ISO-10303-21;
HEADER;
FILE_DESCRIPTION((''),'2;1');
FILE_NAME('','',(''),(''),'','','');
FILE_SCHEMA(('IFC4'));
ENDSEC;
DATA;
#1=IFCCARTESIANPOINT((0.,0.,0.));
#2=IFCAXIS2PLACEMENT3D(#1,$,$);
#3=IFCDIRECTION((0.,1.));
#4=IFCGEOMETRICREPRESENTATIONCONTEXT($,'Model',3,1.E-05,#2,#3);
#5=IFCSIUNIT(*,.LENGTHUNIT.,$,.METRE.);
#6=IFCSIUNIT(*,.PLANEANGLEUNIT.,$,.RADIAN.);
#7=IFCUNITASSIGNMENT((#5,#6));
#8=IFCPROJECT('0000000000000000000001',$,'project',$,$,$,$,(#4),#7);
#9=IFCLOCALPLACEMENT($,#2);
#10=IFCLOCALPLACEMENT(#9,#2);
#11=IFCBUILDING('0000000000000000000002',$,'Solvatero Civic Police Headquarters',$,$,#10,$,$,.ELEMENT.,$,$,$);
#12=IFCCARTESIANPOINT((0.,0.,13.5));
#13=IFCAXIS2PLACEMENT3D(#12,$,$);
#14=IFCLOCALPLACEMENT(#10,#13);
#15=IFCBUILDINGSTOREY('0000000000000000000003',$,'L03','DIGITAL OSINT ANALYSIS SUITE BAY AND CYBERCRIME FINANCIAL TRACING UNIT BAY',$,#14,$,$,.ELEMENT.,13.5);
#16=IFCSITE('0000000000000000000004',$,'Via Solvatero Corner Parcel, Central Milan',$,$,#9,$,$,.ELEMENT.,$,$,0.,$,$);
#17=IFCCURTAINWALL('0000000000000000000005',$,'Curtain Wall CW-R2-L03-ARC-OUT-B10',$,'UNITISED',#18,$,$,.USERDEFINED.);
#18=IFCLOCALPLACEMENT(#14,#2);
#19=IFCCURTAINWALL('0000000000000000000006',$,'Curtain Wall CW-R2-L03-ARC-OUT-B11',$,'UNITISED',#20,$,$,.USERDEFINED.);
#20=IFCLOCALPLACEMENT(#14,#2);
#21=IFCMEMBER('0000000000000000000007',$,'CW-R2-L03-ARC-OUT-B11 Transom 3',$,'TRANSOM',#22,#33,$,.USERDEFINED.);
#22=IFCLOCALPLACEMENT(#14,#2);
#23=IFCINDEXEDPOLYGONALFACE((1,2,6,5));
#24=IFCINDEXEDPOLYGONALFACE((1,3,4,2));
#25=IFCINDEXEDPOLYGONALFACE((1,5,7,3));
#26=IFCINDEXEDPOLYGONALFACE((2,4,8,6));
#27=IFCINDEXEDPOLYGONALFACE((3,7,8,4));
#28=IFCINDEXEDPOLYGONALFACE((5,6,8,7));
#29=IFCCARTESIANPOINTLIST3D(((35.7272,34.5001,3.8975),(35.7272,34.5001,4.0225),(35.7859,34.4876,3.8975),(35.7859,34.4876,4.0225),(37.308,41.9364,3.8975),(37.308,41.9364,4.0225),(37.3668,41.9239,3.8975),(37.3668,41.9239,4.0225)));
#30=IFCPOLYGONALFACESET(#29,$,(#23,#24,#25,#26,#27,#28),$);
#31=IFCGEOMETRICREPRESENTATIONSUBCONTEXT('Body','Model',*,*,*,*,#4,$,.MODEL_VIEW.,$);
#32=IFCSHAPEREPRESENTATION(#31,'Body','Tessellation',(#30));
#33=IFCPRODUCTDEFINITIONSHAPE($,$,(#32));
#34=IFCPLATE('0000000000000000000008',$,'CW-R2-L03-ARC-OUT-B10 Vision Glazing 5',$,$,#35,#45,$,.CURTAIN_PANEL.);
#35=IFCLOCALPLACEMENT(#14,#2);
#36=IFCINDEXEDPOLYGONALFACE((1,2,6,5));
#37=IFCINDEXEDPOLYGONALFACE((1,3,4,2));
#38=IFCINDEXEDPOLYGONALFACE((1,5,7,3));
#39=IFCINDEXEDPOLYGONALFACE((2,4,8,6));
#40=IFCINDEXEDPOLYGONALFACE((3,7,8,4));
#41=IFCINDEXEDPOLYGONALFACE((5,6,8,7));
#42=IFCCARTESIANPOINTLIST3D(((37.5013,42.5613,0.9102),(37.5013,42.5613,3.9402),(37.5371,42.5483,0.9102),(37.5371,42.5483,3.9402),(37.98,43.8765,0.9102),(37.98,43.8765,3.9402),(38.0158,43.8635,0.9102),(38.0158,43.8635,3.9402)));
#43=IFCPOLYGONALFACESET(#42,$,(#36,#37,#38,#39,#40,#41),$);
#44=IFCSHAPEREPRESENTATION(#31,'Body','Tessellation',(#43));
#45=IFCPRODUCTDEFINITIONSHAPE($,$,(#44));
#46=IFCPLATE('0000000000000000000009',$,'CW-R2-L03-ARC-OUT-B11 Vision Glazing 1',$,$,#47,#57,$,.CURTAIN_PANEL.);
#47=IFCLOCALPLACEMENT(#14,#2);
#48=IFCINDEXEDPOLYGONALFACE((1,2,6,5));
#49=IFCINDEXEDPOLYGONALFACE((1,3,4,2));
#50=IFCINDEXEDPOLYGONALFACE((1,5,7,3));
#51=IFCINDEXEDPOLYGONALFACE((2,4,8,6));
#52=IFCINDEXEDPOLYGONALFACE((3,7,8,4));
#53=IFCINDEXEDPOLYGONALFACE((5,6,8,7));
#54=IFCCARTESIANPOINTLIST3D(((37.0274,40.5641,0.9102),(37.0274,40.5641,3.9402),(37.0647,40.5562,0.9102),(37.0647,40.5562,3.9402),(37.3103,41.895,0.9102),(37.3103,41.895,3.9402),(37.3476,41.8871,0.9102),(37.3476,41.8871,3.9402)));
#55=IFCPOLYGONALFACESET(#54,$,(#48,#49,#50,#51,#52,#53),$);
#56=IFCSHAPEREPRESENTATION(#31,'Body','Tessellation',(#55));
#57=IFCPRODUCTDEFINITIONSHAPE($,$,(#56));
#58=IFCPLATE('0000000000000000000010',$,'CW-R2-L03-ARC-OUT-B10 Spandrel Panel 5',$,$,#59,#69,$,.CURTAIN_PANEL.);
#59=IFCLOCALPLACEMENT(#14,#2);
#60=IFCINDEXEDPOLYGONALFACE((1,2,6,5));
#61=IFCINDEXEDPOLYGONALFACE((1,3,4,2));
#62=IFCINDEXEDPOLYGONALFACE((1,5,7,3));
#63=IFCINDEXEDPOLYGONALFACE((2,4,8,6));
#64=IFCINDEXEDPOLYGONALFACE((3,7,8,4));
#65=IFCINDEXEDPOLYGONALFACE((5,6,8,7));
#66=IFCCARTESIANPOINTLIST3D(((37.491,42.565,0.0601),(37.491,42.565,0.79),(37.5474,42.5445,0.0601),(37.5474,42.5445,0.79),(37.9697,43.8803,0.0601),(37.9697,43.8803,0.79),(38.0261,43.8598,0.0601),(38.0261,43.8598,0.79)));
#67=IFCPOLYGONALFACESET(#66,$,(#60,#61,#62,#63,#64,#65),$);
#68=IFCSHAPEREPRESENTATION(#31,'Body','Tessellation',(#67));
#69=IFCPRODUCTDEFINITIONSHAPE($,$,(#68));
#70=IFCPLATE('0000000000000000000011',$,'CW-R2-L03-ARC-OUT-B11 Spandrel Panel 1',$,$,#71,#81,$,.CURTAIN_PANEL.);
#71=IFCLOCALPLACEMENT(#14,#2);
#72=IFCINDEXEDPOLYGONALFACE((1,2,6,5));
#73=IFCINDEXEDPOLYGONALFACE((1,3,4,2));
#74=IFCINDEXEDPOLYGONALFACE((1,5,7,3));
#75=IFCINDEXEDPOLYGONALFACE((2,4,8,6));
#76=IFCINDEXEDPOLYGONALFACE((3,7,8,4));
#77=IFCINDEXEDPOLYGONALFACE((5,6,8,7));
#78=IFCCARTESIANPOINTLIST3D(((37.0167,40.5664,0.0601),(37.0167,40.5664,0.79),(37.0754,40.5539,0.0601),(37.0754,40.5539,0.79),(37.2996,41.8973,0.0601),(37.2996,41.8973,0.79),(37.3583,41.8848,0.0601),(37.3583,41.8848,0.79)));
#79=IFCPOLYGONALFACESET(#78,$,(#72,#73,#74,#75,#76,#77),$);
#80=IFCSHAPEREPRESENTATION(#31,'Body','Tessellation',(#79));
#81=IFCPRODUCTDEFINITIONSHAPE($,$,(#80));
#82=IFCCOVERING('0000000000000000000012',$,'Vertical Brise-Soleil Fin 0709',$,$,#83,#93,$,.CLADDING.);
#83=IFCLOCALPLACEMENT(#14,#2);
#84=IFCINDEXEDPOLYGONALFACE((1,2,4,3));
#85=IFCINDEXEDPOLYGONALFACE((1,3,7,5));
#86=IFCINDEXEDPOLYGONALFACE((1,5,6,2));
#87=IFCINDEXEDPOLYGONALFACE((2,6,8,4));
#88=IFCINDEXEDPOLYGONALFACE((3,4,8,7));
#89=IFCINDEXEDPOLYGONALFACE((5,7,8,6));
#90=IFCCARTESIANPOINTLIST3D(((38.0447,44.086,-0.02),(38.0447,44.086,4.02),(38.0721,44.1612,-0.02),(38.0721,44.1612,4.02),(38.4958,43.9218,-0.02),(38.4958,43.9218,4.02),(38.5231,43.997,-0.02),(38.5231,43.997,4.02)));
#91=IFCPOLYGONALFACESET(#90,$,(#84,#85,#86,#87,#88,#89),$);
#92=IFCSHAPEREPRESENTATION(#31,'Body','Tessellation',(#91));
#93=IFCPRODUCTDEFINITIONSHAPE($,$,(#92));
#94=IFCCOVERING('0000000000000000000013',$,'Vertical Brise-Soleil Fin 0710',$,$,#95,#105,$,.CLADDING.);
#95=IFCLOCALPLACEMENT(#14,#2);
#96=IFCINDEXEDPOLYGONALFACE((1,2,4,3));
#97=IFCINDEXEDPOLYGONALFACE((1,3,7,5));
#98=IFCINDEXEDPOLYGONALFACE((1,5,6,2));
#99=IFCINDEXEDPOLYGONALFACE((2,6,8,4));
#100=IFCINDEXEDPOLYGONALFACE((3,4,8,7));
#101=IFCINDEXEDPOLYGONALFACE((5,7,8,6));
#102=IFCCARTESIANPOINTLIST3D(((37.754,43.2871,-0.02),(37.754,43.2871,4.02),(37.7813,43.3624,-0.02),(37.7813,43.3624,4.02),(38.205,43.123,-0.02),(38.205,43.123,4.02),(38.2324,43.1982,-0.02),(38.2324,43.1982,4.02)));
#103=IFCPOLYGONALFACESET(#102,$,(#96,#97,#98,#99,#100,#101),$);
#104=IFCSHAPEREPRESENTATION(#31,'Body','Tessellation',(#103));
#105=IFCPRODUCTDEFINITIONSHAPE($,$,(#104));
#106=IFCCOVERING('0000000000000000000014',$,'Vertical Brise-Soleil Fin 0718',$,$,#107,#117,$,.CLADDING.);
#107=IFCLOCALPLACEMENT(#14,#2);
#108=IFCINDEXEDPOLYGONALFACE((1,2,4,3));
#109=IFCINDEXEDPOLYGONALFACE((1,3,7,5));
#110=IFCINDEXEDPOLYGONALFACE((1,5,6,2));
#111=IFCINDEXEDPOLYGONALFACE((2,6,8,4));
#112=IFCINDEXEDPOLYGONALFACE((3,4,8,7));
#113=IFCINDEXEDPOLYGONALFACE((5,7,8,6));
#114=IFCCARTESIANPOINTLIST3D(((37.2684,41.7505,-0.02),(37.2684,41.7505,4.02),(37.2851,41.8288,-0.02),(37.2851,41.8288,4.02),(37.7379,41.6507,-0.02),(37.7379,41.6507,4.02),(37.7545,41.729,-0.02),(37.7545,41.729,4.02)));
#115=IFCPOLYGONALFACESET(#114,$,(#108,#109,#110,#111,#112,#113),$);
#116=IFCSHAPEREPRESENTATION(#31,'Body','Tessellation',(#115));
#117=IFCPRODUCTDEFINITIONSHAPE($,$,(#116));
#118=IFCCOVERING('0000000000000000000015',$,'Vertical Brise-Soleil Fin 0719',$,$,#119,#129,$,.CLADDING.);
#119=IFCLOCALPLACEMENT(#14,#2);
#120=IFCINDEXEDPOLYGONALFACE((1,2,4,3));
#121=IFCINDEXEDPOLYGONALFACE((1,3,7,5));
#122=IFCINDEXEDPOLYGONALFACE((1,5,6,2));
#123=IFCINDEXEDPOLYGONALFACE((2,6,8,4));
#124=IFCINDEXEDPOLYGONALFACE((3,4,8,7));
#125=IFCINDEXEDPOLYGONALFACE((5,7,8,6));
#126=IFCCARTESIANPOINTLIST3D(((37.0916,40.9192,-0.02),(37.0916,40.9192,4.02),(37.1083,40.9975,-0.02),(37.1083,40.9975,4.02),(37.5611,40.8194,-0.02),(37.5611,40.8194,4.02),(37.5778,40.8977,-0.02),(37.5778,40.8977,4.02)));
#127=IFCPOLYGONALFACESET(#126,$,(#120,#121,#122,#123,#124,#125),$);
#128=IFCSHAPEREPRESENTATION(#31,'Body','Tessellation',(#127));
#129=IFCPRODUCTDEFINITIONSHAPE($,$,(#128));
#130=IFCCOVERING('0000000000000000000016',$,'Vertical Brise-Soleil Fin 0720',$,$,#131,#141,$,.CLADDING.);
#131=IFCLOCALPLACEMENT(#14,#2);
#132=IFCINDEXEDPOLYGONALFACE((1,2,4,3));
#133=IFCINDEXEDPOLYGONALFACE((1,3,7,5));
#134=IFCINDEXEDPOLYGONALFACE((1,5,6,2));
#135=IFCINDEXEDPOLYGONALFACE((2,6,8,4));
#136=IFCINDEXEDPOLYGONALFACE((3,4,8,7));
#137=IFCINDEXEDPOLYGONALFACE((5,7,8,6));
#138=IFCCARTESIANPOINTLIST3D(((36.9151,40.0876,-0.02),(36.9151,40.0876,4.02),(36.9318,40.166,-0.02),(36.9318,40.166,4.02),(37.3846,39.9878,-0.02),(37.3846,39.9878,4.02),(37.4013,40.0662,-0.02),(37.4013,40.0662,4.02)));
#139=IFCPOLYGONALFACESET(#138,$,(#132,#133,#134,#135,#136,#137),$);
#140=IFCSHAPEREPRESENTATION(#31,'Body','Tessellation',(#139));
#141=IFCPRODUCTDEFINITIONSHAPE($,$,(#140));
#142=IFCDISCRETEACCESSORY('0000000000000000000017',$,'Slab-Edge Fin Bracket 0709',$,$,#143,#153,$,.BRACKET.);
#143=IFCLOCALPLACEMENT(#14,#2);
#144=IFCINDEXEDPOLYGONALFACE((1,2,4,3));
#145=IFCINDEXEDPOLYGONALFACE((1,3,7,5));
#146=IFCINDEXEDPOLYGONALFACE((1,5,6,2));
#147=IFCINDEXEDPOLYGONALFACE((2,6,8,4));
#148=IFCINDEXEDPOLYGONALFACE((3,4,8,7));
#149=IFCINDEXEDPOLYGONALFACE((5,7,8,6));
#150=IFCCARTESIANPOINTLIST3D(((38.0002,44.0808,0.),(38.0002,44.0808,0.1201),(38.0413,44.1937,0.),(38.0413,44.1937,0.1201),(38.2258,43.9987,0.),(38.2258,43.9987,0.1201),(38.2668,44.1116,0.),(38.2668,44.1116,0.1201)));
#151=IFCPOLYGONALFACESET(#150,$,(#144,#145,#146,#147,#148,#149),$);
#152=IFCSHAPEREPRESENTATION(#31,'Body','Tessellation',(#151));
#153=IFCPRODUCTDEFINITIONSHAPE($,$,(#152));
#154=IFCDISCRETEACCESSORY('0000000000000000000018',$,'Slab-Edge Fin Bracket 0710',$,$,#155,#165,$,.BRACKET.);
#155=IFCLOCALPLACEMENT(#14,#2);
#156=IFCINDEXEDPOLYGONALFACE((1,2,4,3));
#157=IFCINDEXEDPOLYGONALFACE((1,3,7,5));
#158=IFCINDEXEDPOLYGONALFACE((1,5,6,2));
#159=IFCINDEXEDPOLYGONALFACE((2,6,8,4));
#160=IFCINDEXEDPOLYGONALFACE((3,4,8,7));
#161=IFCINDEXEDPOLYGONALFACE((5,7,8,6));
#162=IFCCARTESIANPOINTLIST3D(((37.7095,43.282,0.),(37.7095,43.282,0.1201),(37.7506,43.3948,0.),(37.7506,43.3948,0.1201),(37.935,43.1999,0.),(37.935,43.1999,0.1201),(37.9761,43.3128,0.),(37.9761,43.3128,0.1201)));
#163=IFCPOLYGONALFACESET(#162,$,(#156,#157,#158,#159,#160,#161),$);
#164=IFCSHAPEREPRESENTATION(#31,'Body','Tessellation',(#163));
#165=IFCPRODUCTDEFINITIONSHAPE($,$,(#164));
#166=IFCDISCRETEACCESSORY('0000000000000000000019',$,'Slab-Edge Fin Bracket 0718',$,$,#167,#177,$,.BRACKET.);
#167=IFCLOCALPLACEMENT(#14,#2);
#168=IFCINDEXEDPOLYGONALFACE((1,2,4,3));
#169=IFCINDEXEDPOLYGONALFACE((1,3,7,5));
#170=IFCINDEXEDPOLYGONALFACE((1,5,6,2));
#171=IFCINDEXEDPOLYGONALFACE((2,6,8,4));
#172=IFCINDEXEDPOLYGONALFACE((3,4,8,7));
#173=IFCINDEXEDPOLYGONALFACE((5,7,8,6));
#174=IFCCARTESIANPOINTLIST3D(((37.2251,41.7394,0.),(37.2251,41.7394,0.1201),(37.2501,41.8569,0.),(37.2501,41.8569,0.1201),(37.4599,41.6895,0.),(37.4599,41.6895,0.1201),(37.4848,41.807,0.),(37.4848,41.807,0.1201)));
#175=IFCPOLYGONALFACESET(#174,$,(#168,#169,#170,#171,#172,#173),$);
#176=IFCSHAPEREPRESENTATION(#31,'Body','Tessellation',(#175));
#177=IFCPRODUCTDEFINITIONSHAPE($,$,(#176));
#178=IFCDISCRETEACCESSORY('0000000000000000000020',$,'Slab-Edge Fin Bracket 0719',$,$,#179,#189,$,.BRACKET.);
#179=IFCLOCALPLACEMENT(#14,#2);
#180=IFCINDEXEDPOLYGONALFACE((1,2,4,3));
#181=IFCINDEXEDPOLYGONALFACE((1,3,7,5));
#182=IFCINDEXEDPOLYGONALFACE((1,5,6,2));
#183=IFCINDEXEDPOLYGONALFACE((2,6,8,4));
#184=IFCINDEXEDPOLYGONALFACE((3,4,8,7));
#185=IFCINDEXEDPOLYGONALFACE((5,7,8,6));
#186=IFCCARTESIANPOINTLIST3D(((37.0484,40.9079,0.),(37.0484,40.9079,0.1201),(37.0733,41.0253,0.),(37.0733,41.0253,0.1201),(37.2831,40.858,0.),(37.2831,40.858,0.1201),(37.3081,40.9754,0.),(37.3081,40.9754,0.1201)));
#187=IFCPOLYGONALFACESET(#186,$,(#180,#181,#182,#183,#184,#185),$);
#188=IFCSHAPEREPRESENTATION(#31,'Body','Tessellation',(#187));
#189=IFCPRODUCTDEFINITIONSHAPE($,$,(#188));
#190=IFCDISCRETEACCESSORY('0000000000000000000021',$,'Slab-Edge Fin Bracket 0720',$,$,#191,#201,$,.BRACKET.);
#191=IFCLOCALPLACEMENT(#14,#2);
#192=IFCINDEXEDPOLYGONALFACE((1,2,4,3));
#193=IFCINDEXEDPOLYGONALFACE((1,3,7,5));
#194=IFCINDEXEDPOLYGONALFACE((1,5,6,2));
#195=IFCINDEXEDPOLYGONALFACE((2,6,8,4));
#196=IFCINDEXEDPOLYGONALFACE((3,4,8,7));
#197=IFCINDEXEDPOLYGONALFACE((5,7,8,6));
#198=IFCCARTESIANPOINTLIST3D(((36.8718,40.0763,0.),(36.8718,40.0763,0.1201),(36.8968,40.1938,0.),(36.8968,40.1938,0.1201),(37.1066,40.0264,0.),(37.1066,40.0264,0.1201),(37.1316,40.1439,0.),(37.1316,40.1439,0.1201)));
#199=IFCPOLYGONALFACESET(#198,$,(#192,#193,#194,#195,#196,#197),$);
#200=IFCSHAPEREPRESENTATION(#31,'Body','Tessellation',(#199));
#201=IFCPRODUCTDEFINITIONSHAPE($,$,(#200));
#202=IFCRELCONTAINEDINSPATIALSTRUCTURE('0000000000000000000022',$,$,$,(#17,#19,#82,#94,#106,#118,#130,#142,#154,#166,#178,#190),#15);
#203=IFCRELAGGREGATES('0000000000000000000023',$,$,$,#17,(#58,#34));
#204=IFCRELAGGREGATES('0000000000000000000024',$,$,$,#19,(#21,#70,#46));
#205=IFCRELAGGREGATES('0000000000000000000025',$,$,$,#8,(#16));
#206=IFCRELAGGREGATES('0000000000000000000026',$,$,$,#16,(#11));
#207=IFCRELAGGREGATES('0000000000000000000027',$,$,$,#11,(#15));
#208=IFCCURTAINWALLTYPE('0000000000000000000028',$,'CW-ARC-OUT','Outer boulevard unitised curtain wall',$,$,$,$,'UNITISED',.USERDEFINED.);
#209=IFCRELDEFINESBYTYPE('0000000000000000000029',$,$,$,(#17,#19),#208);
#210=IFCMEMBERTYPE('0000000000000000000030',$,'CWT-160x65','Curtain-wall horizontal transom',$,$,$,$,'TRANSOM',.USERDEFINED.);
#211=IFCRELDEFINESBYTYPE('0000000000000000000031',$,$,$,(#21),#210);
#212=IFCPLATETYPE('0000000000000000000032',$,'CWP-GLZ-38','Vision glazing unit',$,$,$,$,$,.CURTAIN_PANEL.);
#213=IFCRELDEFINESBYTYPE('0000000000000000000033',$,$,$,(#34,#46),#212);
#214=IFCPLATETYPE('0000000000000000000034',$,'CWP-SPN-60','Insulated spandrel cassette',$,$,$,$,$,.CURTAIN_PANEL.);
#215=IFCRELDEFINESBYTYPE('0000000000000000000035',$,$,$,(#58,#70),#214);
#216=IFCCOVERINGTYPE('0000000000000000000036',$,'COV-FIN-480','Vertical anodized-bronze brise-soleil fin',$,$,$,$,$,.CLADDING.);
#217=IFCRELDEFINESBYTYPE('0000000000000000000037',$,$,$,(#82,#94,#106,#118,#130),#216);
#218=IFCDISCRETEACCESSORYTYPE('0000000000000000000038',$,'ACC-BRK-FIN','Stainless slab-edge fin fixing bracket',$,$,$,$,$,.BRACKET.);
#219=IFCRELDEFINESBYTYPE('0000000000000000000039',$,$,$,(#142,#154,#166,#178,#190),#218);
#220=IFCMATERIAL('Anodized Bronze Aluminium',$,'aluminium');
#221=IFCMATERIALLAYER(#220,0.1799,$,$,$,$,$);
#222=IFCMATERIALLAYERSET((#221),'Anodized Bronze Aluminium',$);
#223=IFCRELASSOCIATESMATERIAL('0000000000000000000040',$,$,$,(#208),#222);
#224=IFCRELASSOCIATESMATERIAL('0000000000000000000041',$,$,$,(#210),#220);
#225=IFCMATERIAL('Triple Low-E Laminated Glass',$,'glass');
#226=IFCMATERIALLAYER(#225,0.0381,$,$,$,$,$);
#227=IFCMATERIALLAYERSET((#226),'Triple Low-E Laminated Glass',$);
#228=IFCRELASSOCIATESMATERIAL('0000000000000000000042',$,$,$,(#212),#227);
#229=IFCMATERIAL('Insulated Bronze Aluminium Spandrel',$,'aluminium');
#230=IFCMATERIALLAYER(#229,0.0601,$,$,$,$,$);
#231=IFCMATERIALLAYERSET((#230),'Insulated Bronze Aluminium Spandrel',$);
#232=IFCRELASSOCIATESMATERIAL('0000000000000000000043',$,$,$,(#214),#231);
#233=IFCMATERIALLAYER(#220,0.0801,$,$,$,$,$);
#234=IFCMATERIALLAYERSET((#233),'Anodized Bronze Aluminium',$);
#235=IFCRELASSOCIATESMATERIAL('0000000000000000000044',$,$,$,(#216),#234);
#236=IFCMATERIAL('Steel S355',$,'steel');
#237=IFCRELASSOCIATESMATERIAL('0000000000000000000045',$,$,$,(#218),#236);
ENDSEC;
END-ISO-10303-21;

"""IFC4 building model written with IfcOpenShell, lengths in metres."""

from ifc_helpers import new_model, si_unit, direction, frame, origin, origin_2d, place, context, subcontext, project, spatial, rectangle, extrude, material, layer, layer_set, material_profile, profile_set, type_object, element, aggregate, save


model = new_model("IFC4")

# Units and contexts
model_context = context("Model", 3, precision=1e-05, world=origin(), true_north=direction((0.0, 1.0)))
body_context = subcontext(model_context, "Body", "Model", "MODEL_VIEW")
ifc_project = project(units=[si_unit("LENGTHUNIT", "METRE"), si_unit("PLANEANGLEUNIT", "RADIAN")], contexts=[model_context])

# Site, building, storey
site_placement = place(None, origin())
site = spatial("IfcSite", under=ifc_project, at=site_placement, Name="Via Solvatero Corner Parcel, Central Milan", CompositionType="ELEMENT", RefElevation=0.0)
building_placement = place(site_placement, origin())
building = spatial("IfcBuilding", under=site, at=building_placement, Name="Solvatero Civic Police Headquarters", CompositionType="ELEMENT")
storey_placement = place(building_placement, frame((0.0, 0.0, 13.5)))
storey = spatial("IfcBuildingStorey", under=building, at=storey_placement, Name="L03", Description="DIGITAL OSINT ANALYSIS SUITE BAY AND CYBERCRIME FINANCIAL TRACING UNIT BAY", CompositionType="ELEMENT", Elevation=13.5)

# Shared definitions
ifc_material_1 = material(Name="Steel S355", Category="steel")

# Curtain walls, member
ifc_material_2 = material(Name="Anodized Bronze Aluminium", Category="aluminium")
ifc_layer_1 = layer(ifc_material_2, 0.1799)
ifc_layer_set_1 = layer_set([ifc_layer_1], Name="Anodized Bronze Aluminium")
curtain_wall_type = type_object("IfcCurtainWallType", Name="CW-ARC-OUT", Description="Outer boulevard unitised curtain wall", ElementType="UNITISED", PredefinedType="USERDEFINED", material=ifc_layer_set_1)
curtain_wall_1_placement = place(storey_placement, origin())
curtain_wall_1 = element("IfcCurtainWall", 1, at=curtain_wall_1_placement, inside=storey, type_object=curtain_wall_type, Name="Curtain Wall CW-R2-L03-ARC-OUT-B10", ObjectType="UNITISED", PredefinedType="USERDEFINED")
curtain_wall_2_placement = place(storey_placement, origin())
curtain_wall_2 = element("IfcCurtainWall", 2, at=curtain_wall_2_placement, inside=storey, type_object=curtain_wall_type, Name="Curtain Wall CW-R2-L03-ARC-OUT-B11", ObjectType="UNITISED", PredefinedType="USERDEFINED")
ifc_material_profile_1 = material_profile(ifc_material_2, rectangle(XDim=0.0601, YDim=0.125, at=origin_2d()), Name="ALU TRANSOM 60x125")
ifc_profile_set_1 = profile_set([ifc_material_profile_1], Name="Anodized Bronze Aluminium")
member_type_1 = type_object("IfcMemberType", Name="CWT-160x65", Description="Curtain-wall horizontal transom", ElementType="TRANSOM", PredefinedType="USERDEFINED", material=ifc_profile_set_1)
member_1_placement = place(storey_placement, frame((37.3374, 41.9302, 3.96), z_axis=(-0.207934, -0.978143, 0.0), x_axis=(0.978143, -0.207934, 0.0)))
member_1 = element("IfcMember", 3, at=member_1_placement, type_object=member_type_1, Name="CW-R2-L03-ARC-OUT-B11 Transom 3", ObjectType="TRANSOM", PredefinedType="USERDEFINED", context=body_context, shape_type="SweptSolid", body=[
    extrude(rectangle(XDim=0.0601, YDim=0.125, at=origin_2d()), origin(), (0.0, 0.0, 1.0), 7.6025),
])

# Plates
ifc_material_3 = material(Name="Triple Low-E Laminated Glass", Category="glass")
ifc_layer_2 = layer(ifc_material_3, 0.0381)
ifc_layer_set_2 = layer_set([ifc_layer_2], Name="Triple Low-E Laminated Glass")
plate_type_1 = type_object("IfcPlateType", Name="CWP-GLZ-38", Description="Vision glazing unit", PredefinedType="CURTAIN_PANEL", material=ifc_layer_set_2)
plate_1_placement = place(storey_placement, frame((37.7585, 43.2124, 0.9102), z_axis=(0.0, 0.0, 1.0), x_axis=(-0.34202, -0.939693, 0.0)))
plate_1 = element("IfcPlate", 4, at=plate_1_placement, type_object=plate_type_1, Name="CW-R2-L03-ARC-OUT-B10 Vision Glazing 5", PredefinedType="CURTAIN_PANEL", context=body_context, shape_type="SweptSolid", body=[
    extrude(rectangle(XDim=1.3997, YDim=0.0381, at=origin_2d()), origin(), (0.0, 0.0, 1.0), 3.03),
])
plate_2_placement = place(storey_placement, frame((37.1875, 41.2256, 0.9102), z_axis=(0.0, 0.0, 1.0), x_axis=(-0.207929, -0.978144, 0.0)))
plate_2 = element("IfcPlate", 5, at=plate_2_placement, type_object=plate_type_1, Name="CW-R2-L03-ARC-OUT-B11 Vision Glazing 1", PredefinedType="CURTAIN_PANEL", context=body_context, shape_type="SweptSolid", body=[
    extrude(rectangle(XDim=1.3606, YDim=0.0381, at=origin_2d()), origin(), (0.0, 0.0, 1.0), 3.03),
])
ifc_material_4 = material(Name="Insulated Bronze Aluminium Spandrel", Category="aluminium")
ifc_layer_3 = layer(ifc_material_4, 0.0601)
ifc_layer_set_3 = layer_set([ifc_layer_3], Name="Insulated Bronze Aluminium Spandrel")
plate_type_2 = type_object("IfcPlateType", Name="CWP-SPN-60", Description="Insulated spandrel cassette", PredefinedType="CURTAIN_PANEL", material=ifc_layer_set_3)
plate_3_placement = place(storey_placement, frame((37.7585, 43.2124, 0.0601), z_axis=(0.0, 0.0, 1.0), x_axis=(-0.34202, -0.939693, 0.0)))
plate_3 = element("IfcPlate", 6, at=plate_3_placement, type_object=plate_type_2, Name="CW-R2-L03-ARC-OUT-B10 Spandrel Panel 5", PredefinedType="CURTAIN_PANEL", context=body_context, shape_type="SweptSolid", body=[
    extrude(rectangle(XDim=1.3997, YDim=0.0601, at=origin_2d()), origin(), (0.0, 0.0, 1.0), 0.73),
])
aggregate(curtain_wall_1, [plate_3, plate_1])
plate_4_placement = place(storey_placement, frame((37.1875, 41.2256, 0.0601), z_axis=(0.0, 0.0, 1.0), x_axis=(-0.207929, -0.978144, 0.0)))
plate_4 = element("IfcPlate", 7, at=plate_4_placement, type_object=plate_type_2, Name="CW-R2-L03-ARC-OUT-B11 Spandrel Panel 1", PredefinedType="CURTAIN_PANEL", context=body_context, shape_type="SweptSolid", body=[
    extrude(rectangle(XDim=1.3606, YDim=0.0601, at=origin_2d()), origin(), (0.0, 0.0, 1.0), 0.73),
])
aggregate(curtain_wall_2, [member_1, plate_4, plate_2])

# Coverings
ifc_layer_4 = layer(ifc_material_2, 0.0801)
ifc_layer_set_4 = layer_set([ifc_layer_4], Name="Anodized Bronze Aluminium")
covering_type = type_object("IfcCoveringType", Name="COV-FIN-480", Description="Vertical anodized-bronze brise-soleil fin", PredefinedType="CLADDING", material=ifc_layer_set_4)
for number, where, z_axis, x_axis, name in (
    (8, (38.2839, 44.0415, -0.02), (0.0, 0.0, 1.0), (-0.34202, -0.939693, 0.0), "Vertical Brise-Soleil Fin 0709"),
    (9, (37.9932, 43.2427, -0.02), (0.0, 0.0, 1.0), (-0.34202, -0.939693, 0.0), "Vertical Brise-Soleil Fin 0710"),
    (10, (37.5115, 41.7397, -0.02), (0.0, 0.0, 1.0), (-0.207929, -0.978144, 0.0), "Vertical Brise-Soleil Fin 0718"),
    (11, (37.3347, 40.9084, -0.02), (0.0, 0.0, 1.0), (-0.207929, -0.978144, 0.0), "Vertical Brise-Soleil Fin 0719"),
    (12, (37.1582, 40.0769, -0.02), (0.0, 0.0, 1.0), (-0.207929, -0.978144, 0.0), "Vertical Brise-Soleil Fin 0720"),
):
    element("IfcCovering", number, at=place(storey_placement, frame(where, z_axis=z_axis, x_axis=x_axis)), inside=storey, type_object=covering_type, Name=name, PredefinedType="CLADDING", context=body_context, shape_type="SweptSolid", body=[
        extrude(rectangle(XDim=0.0801, YDim=0.48, at=origin_2d()), origin(), (0.0, 0.0, 1.0), 4.04),
    ])

# Discrete accessories
discrete_accessory_type = type_object("IfcDiscreteAccessoryType", Name="ACC-BRK-FIN", Description="Stainless slab-edge fin fixing bracket", PredefinedType="BRACKET", material=ifc_material_1)
for number, where, z_axis, x_axis, name in (
    (13, (38.1335, 44.0962, 0.0), (0.0, 0.0, 1.0), (-0.34202, -0.939693, 0.0), "Slab-Edge Fin Bracket 0709"),
    (14, (37.8428, 43.2974, 0.0), (0.0, 0.0, 1.0), (-0.34202, -0.939693, 0.0), "Slab-Edge Fin Bracket 0710"),
    (15, (37.355, 41.7732, 0.0), (0.0, 0.0, 1.0), (-0.207929, -0.978144, 0.0), "Slab-Edge Fin Bracket 0718"),
    (16, (37.1782, 40.9417, 0.0), (0.0, 0.0, 1.0), (-0.207929, -0.978144, 0.0), "Slab-Edge Fin Bracket 0719"),
    (17, (37.0017, 40.1101, 0.0), (0.0, 0.0, 1.0), (-0.207929, -0.978144, 0.0), "Slab-Edge Fin Bracket 0720"),
):
    element("IfcDiscreteAccessory", number, at=place(storey_placement, frame(where, z_axis=z_axis, x_axis=x_axis)), inside=storey, type_object=discrete_accessory_type, Name=name, PredefinedType="BRACKET", context=body_context, shape_type="SweptSolid", body=[
        extrude(rectangle(XDim=0.1201, YDim=0.24, at=origin_2d()), origin(), (0.0, 0.0, 1.0), 0.1201),
    ])

save(model, "model.ifc")
